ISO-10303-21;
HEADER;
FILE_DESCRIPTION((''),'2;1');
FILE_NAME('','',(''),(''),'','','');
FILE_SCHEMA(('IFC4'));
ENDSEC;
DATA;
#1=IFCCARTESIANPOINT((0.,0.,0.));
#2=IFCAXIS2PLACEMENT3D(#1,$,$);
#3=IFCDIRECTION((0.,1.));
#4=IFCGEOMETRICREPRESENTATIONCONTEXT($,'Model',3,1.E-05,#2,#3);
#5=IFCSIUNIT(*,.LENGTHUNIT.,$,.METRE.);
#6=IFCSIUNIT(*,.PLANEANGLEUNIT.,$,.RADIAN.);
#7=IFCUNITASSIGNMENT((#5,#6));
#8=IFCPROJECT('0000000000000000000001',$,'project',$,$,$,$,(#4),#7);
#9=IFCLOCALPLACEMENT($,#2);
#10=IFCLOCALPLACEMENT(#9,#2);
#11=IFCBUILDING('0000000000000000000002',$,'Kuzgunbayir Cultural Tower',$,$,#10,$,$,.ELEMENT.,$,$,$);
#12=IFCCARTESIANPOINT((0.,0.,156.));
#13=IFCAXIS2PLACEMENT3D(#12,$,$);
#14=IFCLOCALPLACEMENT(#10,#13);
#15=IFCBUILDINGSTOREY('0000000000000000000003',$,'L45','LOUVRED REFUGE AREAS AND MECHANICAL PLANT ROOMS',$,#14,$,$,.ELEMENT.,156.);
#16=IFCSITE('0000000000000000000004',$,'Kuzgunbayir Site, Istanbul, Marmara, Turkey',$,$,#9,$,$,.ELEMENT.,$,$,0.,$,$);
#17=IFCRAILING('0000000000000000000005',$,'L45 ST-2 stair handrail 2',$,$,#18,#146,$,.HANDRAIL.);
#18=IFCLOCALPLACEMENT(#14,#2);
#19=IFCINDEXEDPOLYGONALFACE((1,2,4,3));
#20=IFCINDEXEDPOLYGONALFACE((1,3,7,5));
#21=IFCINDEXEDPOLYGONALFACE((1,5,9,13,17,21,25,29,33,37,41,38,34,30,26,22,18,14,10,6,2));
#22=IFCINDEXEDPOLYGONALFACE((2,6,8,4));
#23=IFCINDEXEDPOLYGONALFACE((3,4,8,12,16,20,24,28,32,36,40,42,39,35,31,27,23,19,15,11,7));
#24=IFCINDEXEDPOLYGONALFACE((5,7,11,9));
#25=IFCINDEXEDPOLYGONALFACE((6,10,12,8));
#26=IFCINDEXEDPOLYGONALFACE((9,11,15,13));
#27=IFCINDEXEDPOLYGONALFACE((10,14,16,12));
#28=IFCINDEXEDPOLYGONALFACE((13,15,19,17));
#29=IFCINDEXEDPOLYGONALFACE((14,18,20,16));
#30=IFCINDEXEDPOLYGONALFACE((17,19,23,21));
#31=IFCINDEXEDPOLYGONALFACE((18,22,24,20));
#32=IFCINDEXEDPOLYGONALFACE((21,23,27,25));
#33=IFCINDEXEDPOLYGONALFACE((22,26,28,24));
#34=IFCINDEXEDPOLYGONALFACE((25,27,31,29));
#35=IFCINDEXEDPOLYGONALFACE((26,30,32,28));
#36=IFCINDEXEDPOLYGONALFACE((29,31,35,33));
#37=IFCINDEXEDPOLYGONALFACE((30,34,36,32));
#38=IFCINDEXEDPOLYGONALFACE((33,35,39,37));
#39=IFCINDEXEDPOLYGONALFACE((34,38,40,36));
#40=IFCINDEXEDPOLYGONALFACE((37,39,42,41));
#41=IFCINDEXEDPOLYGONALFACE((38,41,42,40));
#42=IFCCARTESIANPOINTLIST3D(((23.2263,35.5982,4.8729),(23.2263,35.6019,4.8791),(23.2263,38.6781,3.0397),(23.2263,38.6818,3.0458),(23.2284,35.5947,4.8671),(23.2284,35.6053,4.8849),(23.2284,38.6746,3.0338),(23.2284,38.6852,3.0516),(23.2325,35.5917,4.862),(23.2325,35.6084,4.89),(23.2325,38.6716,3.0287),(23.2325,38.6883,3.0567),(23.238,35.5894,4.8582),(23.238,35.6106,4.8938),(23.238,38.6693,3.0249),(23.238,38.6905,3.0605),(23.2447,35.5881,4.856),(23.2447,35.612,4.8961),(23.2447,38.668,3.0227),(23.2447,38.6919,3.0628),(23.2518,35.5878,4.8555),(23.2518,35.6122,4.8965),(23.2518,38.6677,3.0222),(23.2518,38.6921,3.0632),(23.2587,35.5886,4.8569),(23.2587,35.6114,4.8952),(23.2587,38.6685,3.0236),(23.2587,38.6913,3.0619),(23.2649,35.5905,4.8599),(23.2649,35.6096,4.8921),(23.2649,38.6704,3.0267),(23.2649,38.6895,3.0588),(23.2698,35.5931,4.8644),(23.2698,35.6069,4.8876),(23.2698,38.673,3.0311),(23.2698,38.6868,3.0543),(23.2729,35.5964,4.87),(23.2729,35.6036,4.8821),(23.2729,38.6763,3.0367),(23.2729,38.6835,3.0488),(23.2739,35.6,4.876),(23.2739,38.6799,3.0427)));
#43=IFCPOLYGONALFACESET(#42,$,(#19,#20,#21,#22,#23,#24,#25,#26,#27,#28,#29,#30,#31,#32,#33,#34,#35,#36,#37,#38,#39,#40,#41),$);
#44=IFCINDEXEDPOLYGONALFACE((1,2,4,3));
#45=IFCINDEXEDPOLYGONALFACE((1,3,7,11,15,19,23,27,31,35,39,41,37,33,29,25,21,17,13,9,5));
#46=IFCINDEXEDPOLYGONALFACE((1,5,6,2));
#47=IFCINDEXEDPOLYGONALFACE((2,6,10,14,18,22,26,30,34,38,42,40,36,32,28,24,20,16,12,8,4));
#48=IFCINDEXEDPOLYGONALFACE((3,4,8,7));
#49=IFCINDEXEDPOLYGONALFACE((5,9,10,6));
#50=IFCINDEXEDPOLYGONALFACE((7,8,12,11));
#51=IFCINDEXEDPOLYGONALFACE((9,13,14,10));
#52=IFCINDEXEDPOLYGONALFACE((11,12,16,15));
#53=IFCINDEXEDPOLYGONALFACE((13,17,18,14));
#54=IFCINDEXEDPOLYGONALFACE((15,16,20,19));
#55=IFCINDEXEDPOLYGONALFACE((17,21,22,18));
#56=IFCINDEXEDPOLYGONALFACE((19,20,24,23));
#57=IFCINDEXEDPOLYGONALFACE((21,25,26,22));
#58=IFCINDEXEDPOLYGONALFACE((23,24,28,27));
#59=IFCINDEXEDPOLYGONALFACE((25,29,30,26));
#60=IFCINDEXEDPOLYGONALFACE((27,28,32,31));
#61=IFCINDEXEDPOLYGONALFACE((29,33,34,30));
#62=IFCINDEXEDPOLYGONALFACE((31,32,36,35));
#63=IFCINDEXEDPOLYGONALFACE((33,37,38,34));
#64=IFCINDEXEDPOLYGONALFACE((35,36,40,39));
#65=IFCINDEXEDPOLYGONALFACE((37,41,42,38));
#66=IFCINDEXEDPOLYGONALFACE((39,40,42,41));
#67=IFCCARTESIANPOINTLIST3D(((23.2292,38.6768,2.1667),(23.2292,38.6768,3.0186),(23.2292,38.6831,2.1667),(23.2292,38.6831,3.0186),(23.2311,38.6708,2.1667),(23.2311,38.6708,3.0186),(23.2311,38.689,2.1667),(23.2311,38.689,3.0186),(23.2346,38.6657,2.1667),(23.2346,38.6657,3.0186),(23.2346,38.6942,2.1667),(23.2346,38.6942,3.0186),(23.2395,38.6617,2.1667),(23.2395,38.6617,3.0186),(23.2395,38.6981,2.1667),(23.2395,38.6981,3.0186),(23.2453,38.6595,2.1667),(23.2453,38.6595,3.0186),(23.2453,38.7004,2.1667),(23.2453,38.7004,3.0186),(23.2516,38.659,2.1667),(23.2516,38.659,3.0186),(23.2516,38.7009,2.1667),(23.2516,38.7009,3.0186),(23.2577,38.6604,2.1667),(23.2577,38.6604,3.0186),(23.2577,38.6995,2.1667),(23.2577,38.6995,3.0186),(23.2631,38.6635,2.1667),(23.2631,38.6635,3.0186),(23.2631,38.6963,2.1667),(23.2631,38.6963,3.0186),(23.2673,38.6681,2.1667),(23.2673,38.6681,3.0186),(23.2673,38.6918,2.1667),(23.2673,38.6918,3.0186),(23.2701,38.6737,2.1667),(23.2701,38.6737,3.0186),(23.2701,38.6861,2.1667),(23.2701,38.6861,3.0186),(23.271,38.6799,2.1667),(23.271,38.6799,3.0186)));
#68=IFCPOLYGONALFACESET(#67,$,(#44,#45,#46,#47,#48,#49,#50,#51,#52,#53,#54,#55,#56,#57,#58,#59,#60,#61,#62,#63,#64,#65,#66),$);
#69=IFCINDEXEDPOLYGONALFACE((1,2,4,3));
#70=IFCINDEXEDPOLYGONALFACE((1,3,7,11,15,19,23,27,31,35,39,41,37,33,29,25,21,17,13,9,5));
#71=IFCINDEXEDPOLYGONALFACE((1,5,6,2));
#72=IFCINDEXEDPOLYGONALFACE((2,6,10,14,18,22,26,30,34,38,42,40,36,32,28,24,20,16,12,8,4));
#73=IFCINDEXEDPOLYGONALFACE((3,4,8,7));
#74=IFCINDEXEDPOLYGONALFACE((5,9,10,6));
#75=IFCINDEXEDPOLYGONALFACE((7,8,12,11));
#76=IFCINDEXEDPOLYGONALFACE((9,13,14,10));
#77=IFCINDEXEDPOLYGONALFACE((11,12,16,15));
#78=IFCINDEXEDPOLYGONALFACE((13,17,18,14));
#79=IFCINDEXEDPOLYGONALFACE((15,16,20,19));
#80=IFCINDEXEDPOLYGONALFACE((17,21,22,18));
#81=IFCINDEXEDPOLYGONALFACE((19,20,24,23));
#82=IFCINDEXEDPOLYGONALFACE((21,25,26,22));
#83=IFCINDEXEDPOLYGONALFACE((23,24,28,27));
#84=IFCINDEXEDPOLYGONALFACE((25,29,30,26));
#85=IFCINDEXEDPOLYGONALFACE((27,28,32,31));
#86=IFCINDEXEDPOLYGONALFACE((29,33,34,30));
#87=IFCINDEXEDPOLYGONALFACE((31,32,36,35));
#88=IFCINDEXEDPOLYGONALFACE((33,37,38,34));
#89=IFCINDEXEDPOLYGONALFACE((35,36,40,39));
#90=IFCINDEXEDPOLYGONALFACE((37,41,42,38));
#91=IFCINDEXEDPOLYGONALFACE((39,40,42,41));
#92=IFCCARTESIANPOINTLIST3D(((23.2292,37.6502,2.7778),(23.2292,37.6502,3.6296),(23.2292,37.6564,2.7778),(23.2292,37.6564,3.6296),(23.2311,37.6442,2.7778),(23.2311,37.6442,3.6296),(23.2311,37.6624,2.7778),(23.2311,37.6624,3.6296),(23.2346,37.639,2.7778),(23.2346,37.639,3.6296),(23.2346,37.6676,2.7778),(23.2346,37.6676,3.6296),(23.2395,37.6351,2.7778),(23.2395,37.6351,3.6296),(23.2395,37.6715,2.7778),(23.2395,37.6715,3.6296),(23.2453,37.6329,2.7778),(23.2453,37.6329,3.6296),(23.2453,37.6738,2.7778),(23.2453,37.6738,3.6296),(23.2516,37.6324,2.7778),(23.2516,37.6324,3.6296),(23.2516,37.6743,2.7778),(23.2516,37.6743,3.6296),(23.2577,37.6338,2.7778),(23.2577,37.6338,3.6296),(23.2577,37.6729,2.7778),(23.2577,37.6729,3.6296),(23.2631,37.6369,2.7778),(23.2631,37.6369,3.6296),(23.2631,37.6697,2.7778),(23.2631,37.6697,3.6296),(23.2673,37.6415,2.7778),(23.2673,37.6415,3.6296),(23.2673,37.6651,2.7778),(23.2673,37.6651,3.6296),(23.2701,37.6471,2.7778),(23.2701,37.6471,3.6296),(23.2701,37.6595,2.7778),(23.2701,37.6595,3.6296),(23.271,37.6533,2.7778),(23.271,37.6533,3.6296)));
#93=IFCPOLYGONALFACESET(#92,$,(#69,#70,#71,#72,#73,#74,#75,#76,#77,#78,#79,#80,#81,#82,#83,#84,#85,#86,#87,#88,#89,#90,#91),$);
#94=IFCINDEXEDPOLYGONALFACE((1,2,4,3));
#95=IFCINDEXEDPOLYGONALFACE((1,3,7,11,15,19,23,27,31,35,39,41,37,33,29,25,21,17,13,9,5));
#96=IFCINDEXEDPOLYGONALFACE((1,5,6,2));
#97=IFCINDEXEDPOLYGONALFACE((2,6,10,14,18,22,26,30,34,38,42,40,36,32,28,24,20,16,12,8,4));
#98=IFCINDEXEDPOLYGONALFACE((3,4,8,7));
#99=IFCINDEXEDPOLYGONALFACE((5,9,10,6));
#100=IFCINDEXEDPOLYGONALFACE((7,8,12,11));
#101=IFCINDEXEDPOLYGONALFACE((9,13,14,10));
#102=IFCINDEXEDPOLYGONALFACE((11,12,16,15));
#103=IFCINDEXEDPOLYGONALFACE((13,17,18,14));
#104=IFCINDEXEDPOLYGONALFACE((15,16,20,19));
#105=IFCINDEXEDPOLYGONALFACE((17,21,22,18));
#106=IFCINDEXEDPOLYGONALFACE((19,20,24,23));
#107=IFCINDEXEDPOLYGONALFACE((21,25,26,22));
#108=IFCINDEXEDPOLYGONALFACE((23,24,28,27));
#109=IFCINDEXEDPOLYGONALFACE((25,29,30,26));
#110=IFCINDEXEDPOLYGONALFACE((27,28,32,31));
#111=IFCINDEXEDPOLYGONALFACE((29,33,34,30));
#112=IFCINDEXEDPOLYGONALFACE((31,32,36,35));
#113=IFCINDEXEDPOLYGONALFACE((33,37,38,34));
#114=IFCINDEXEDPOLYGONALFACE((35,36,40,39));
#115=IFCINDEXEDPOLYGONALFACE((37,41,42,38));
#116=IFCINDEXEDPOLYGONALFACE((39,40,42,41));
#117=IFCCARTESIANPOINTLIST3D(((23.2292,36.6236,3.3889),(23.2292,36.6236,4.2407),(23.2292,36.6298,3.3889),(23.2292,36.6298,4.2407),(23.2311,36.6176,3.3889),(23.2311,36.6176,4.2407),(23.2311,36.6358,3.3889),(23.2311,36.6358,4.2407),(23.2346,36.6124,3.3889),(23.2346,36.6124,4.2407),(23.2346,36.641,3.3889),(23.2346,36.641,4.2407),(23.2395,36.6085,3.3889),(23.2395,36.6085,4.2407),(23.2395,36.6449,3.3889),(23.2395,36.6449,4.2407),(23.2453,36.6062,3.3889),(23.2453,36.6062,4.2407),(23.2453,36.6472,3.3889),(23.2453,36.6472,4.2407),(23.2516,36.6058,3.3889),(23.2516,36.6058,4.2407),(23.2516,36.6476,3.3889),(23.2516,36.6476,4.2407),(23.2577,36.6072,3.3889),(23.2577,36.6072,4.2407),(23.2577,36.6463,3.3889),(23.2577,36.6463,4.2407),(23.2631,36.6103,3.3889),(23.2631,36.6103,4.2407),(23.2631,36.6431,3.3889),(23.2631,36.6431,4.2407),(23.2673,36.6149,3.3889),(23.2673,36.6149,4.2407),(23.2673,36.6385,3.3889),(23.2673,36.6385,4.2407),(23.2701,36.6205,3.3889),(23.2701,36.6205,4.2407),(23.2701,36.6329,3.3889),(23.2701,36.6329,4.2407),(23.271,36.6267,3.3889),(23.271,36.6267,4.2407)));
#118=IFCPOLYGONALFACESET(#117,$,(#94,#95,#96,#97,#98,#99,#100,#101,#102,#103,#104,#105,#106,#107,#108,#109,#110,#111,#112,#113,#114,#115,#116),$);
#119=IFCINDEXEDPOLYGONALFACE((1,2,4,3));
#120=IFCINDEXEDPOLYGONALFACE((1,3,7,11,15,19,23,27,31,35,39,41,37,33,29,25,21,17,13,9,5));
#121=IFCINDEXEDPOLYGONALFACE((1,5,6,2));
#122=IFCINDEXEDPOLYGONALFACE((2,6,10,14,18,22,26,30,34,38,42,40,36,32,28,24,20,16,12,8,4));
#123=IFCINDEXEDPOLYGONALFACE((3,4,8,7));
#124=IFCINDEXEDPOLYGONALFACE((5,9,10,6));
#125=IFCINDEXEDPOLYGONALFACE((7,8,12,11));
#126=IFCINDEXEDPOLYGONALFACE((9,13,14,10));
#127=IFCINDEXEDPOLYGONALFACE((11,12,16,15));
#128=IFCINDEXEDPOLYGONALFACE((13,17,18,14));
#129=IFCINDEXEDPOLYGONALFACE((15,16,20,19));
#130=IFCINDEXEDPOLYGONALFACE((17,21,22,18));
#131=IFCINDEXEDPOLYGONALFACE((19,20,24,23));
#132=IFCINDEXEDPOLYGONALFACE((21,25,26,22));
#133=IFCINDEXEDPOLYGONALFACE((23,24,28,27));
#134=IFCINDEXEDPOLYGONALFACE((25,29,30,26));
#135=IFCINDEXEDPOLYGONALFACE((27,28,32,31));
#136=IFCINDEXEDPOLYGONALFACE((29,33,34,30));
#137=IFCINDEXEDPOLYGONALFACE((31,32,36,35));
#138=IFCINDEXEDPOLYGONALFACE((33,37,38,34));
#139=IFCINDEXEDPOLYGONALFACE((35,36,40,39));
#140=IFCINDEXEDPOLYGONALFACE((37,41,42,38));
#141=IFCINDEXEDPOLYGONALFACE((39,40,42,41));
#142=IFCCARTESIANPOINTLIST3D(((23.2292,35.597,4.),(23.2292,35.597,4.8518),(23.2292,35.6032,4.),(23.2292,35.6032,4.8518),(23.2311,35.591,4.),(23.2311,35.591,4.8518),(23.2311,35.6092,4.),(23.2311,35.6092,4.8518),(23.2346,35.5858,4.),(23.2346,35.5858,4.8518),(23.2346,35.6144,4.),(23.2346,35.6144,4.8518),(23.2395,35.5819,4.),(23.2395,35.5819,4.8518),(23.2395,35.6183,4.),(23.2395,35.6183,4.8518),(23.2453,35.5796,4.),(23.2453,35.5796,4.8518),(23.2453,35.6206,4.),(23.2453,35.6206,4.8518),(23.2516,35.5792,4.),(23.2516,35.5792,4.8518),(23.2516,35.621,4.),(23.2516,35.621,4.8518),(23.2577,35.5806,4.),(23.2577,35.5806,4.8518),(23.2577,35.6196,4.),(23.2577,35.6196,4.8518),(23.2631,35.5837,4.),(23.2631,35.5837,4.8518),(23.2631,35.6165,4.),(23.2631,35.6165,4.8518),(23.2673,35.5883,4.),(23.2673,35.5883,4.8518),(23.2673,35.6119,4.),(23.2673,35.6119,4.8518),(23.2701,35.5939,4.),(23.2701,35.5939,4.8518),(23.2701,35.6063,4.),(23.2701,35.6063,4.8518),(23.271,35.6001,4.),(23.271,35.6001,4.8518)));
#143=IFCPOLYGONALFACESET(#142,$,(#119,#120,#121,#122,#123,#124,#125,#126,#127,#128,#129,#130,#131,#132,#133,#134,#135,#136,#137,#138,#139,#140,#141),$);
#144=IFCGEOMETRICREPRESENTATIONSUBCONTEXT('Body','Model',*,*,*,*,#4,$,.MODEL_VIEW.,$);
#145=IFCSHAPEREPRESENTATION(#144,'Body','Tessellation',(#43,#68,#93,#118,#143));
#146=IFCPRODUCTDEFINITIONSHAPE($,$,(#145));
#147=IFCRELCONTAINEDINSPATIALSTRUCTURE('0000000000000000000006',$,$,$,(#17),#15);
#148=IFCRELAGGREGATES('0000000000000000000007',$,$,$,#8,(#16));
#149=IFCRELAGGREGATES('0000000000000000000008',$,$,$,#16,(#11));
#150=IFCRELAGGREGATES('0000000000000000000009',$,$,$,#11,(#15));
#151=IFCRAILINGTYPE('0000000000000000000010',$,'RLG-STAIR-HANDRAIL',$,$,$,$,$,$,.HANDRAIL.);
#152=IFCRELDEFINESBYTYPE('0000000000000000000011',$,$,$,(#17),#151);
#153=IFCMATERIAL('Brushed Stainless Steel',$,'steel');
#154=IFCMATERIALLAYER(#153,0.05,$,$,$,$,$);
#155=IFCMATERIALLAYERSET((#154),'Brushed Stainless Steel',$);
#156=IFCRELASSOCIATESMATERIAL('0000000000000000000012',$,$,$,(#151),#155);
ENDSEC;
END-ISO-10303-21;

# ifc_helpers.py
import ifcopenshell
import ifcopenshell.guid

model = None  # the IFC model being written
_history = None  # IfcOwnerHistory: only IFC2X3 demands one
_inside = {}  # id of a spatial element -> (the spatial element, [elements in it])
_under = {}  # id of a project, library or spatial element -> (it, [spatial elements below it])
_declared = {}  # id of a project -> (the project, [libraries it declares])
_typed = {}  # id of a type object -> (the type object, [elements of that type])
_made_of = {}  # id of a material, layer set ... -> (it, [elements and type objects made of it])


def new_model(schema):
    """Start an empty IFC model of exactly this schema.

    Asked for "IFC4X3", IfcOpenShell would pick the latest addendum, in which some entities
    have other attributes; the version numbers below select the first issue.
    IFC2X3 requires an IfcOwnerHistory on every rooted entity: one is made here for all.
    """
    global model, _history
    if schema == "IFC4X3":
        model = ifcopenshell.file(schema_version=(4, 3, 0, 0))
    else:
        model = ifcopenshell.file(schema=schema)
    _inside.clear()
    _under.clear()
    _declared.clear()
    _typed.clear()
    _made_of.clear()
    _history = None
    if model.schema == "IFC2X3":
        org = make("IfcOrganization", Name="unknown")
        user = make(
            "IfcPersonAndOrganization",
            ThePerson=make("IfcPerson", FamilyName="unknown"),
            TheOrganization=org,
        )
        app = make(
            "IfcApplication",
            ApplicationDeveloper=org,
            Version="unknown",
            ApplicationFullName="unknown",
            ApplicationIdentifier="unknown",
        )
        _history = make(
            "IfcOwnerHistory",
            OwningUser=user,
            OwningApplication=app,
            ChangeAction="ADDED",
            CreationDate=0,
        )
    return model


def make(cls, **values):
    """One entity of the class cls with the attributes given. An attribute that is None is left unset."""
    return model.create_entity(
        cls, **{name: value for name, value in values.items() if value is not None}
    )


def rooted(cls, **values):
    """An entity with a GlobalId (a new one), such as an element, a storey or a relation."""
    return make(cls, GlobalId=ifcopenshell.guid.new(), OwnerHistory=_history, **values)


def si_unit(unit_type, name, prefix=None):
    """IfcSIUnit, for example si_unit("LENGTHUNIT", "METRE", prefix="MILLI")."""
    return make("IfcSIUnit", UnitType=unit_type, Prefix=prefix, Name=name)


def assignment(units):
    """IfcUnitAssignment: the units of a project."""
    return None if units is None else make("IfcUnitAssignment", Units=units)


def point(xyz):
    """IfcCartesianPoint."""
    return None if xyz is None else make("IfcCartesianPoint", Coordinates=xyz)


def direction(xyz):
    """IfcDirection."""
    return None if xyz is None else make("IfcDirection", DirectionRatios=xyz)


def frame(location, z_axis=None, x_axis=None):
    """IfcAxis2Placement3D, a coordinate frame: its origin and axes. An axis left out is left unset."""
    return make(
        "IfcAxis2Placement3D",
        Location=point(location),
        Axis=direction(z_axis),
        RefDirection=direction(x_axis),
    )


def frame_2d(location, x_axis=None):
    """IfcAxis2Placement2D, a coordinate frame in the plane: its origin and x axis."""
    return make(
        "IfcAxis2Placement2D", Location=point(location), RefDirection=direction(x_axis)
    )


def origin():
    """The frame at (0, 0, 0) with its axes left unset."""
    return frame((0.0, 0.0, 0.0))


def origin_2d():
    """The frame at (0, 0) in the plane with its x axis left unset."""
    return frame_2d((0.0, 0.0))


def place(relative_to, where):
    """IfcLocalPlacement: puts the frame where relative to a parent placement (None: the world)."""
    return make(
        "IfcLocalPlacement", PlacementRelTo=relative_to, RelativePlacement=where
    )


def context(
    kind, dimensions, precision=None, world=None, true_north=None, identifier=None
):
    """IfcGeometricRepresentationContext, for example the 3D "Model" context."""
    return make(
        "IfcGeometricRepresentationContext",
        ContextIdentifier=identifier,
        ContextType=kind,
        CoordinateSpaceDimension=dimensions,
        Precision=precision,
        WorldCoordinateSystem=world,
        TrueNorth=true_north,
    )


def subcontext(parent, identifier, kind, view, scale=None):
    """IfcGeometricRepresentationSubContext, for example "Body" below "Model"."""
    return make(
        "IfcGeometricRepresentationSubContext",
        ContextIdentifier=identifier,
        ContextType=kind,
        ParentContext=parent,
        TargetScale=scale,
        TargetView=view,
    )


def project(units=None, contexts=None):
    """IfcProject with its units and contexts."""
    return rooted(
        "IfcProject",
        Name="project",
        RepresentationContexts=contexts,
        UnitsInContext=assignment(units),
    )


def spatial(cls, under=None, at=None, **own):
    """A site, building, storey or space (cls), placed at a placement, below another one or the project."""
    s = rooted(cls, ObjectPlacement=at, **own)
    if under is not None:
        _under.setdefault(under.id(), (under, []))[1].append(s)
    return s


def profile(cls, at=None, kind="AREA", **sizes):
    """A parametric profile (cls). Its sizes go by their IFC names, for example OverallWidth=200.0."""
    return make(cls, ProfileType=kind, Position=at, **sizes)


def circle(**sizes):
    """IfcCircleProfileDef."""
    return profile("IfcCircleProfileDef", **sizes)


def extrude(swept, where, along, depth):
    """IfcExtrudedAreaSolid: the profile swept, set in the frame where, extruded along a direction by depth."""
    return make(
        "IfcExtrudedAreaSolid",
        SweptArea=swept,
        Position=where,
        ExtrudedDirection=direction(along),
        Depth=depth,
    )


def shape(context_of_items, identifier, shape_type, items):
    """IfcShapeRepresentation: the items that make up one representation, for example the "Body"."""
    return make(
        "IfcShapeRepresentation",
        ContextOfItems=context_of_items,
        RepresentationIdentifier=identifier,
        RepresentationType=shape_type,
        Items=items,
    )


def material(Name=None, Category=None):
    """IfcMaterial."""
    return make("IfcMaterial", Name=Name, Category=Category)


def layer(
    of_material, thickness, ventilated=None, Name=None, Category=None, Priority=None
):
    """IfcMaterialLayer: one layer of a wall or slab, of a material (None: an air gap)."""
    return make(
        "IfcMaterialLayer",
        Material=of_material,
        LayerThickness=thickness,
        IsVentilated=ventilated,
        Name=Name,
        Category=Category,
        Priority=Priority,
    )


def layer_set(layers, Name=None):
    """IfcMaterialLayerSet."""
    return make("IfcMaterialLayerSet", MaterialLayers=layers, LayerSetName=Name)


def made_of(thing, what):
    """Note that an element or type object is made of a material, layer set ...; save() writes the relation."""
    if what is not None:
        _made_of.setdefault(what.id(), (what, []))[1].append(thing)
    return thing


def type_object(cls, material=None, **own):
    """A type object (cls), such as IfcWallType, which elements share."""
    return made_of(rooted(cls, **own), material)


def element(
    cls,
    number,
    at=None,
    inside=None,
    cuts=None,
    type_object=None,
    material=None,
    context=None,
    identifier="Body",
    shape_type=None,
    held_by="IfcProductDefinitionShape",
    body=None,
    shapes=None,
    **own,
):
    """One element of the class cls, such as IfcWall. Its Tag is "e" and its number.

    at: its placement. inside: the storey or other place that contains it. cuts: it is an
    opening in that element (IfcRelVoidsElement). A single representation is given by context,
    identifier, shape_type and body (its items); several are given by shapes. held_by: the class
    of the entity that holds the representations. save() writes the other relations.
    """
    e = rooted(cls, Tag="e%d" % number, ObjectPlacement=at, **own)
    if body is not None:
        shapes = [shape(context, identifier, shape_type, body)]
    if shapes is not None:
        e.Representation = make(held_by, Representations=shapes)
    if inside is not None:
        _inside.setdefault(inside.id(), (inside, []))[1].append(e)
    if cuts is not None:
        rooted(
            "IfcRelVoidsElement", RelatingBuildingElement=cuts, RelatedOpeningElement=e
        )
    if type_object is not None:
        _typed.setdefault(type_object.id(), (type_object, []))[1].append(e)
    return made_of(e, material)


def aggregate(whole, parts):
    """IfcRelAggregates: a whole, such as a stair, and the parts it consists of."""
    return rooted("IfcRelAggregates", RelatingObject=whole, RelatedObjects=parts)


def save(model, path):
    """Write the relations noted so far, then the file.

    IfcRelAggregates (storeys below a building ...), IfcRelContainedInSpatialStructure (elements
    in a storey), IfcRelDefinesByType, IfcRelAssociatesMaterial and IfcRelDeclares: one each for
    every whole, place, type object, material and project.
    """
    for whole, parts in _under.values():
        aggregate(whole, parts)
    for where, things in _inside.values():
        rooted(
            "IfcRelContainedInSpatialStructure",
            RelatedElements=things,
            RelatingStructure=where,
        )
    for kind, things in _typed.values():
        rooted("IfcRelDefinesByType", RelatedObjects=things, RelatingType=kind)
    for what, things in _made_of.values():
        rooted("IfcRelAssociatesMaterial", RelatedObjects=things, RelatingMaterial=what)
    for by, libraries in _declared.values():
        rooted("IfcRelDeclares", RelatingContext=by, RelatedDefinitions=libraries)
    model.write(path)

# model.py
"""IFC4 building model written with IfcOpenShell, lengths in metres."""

from ifc_helpers import new_model, si_unit, direction, frame, origin, origin_2d, place, context, subcontext, project, spatial, circle, extrude, material, layer, layer_set, type_object, element, save


model = new_model("IFC4")

# Units and contexts
model_context = context("Model", 3, precision=1e-05, world=origin(), true_north=direction((0.0, 1.0)))
body_context = subcontext(model_context, "Body", "Model", "MODEL_VIEW")
ifc_project = project(units=[si_unit("LENGTHUNIT", "METRE"), si_unit("PLANEANGLEUNIT", "RADIAN")], contexts=[model_context])

# Site, building, storey
site_placement = place(None, origin())
site = spatial("IfcSite", under=ifc_project, at=site_placement, Name="Kuzgunbayir Site, Istanbul, Marmara, Turkey", CompositionType="ELEMENT", RefElevation=0.0)
building_placement = place(site_placement, origin())
building = spatial("IfcBuilding", under=site, at=building_placement, Name="Kuzgunbayir Cultural Tower", CompositionType="ELEMENT")
storey_placement = place(building_placement, frame((0.0, 0.0, 156.0)))
storey = spatial("IfcBuildingStorey", under=building, at=storey_placement, Name="L45", Description="LOUVRED REFUGE AREAS AND MECHANICAL PLANT ROOMS", CompositionType="ELEMENT", Elevation=156.0)

# Shared definitions
ifc_material_1 = material(Name="Brushed Stainless Steel", Category="steel")

# Railing
ifc_layer_1 = layer(ifc_material_1, 0.05)
ifc_layer_set_1 = layer_set([ifc_layer_1], Name="Brushed Stainless Steel")
railing_type_1 = type_object("IfcRailingType", Name="RLG-STAIR-HANDRAIL", PredefinedType="HANDRAIL", material=ifc_layer_set_1)
railing_1_placement = place(storey_placement, frame((23.25, 38.6799, 2.1667)))
element("IfcRailing", 1, at=railing_1_placement, inside=storey, type_object=railing_type_1, Name="L45 ST-2 stair handrail 2", PredefinedType="HANDRAIL", context=body_context, shape_type="SweptSolid", body=[
    extrude(circle(Radius=0.0239, at=origin_2d()), frame((0.0, 0.0, 0.876), z_axis=(0.0, -0.859291, 0.511487), x_axis=(1.0, 0.0, 0.0)), (0.0, 0.0, 1.0), 3.5842),
    extrude(circle(Radius=0.021, at=origin_2d()), origin(), (0.0, 0.0, 1.0), 0.8518),
    extrude(circle(Radius=0.021, at=origin_2d()), frame((0.0, -1.0266, 0.6111)), (0.0, 0.0, 1.0), 0.8518),
    extrude(circle(Radius=0.021, at=origin_2d()), frame((0.0, -2.0532, 1.2222)), (0.0, 0.0, 1.0), 0.8518),
    extrude(circle(Radius=0.021, at=origin_2d()), frame((0.0, -3.0798, 1.8333)), (0.0, 0.0, 1.0), 0.8518),
])

save(model, "model.ifc")
